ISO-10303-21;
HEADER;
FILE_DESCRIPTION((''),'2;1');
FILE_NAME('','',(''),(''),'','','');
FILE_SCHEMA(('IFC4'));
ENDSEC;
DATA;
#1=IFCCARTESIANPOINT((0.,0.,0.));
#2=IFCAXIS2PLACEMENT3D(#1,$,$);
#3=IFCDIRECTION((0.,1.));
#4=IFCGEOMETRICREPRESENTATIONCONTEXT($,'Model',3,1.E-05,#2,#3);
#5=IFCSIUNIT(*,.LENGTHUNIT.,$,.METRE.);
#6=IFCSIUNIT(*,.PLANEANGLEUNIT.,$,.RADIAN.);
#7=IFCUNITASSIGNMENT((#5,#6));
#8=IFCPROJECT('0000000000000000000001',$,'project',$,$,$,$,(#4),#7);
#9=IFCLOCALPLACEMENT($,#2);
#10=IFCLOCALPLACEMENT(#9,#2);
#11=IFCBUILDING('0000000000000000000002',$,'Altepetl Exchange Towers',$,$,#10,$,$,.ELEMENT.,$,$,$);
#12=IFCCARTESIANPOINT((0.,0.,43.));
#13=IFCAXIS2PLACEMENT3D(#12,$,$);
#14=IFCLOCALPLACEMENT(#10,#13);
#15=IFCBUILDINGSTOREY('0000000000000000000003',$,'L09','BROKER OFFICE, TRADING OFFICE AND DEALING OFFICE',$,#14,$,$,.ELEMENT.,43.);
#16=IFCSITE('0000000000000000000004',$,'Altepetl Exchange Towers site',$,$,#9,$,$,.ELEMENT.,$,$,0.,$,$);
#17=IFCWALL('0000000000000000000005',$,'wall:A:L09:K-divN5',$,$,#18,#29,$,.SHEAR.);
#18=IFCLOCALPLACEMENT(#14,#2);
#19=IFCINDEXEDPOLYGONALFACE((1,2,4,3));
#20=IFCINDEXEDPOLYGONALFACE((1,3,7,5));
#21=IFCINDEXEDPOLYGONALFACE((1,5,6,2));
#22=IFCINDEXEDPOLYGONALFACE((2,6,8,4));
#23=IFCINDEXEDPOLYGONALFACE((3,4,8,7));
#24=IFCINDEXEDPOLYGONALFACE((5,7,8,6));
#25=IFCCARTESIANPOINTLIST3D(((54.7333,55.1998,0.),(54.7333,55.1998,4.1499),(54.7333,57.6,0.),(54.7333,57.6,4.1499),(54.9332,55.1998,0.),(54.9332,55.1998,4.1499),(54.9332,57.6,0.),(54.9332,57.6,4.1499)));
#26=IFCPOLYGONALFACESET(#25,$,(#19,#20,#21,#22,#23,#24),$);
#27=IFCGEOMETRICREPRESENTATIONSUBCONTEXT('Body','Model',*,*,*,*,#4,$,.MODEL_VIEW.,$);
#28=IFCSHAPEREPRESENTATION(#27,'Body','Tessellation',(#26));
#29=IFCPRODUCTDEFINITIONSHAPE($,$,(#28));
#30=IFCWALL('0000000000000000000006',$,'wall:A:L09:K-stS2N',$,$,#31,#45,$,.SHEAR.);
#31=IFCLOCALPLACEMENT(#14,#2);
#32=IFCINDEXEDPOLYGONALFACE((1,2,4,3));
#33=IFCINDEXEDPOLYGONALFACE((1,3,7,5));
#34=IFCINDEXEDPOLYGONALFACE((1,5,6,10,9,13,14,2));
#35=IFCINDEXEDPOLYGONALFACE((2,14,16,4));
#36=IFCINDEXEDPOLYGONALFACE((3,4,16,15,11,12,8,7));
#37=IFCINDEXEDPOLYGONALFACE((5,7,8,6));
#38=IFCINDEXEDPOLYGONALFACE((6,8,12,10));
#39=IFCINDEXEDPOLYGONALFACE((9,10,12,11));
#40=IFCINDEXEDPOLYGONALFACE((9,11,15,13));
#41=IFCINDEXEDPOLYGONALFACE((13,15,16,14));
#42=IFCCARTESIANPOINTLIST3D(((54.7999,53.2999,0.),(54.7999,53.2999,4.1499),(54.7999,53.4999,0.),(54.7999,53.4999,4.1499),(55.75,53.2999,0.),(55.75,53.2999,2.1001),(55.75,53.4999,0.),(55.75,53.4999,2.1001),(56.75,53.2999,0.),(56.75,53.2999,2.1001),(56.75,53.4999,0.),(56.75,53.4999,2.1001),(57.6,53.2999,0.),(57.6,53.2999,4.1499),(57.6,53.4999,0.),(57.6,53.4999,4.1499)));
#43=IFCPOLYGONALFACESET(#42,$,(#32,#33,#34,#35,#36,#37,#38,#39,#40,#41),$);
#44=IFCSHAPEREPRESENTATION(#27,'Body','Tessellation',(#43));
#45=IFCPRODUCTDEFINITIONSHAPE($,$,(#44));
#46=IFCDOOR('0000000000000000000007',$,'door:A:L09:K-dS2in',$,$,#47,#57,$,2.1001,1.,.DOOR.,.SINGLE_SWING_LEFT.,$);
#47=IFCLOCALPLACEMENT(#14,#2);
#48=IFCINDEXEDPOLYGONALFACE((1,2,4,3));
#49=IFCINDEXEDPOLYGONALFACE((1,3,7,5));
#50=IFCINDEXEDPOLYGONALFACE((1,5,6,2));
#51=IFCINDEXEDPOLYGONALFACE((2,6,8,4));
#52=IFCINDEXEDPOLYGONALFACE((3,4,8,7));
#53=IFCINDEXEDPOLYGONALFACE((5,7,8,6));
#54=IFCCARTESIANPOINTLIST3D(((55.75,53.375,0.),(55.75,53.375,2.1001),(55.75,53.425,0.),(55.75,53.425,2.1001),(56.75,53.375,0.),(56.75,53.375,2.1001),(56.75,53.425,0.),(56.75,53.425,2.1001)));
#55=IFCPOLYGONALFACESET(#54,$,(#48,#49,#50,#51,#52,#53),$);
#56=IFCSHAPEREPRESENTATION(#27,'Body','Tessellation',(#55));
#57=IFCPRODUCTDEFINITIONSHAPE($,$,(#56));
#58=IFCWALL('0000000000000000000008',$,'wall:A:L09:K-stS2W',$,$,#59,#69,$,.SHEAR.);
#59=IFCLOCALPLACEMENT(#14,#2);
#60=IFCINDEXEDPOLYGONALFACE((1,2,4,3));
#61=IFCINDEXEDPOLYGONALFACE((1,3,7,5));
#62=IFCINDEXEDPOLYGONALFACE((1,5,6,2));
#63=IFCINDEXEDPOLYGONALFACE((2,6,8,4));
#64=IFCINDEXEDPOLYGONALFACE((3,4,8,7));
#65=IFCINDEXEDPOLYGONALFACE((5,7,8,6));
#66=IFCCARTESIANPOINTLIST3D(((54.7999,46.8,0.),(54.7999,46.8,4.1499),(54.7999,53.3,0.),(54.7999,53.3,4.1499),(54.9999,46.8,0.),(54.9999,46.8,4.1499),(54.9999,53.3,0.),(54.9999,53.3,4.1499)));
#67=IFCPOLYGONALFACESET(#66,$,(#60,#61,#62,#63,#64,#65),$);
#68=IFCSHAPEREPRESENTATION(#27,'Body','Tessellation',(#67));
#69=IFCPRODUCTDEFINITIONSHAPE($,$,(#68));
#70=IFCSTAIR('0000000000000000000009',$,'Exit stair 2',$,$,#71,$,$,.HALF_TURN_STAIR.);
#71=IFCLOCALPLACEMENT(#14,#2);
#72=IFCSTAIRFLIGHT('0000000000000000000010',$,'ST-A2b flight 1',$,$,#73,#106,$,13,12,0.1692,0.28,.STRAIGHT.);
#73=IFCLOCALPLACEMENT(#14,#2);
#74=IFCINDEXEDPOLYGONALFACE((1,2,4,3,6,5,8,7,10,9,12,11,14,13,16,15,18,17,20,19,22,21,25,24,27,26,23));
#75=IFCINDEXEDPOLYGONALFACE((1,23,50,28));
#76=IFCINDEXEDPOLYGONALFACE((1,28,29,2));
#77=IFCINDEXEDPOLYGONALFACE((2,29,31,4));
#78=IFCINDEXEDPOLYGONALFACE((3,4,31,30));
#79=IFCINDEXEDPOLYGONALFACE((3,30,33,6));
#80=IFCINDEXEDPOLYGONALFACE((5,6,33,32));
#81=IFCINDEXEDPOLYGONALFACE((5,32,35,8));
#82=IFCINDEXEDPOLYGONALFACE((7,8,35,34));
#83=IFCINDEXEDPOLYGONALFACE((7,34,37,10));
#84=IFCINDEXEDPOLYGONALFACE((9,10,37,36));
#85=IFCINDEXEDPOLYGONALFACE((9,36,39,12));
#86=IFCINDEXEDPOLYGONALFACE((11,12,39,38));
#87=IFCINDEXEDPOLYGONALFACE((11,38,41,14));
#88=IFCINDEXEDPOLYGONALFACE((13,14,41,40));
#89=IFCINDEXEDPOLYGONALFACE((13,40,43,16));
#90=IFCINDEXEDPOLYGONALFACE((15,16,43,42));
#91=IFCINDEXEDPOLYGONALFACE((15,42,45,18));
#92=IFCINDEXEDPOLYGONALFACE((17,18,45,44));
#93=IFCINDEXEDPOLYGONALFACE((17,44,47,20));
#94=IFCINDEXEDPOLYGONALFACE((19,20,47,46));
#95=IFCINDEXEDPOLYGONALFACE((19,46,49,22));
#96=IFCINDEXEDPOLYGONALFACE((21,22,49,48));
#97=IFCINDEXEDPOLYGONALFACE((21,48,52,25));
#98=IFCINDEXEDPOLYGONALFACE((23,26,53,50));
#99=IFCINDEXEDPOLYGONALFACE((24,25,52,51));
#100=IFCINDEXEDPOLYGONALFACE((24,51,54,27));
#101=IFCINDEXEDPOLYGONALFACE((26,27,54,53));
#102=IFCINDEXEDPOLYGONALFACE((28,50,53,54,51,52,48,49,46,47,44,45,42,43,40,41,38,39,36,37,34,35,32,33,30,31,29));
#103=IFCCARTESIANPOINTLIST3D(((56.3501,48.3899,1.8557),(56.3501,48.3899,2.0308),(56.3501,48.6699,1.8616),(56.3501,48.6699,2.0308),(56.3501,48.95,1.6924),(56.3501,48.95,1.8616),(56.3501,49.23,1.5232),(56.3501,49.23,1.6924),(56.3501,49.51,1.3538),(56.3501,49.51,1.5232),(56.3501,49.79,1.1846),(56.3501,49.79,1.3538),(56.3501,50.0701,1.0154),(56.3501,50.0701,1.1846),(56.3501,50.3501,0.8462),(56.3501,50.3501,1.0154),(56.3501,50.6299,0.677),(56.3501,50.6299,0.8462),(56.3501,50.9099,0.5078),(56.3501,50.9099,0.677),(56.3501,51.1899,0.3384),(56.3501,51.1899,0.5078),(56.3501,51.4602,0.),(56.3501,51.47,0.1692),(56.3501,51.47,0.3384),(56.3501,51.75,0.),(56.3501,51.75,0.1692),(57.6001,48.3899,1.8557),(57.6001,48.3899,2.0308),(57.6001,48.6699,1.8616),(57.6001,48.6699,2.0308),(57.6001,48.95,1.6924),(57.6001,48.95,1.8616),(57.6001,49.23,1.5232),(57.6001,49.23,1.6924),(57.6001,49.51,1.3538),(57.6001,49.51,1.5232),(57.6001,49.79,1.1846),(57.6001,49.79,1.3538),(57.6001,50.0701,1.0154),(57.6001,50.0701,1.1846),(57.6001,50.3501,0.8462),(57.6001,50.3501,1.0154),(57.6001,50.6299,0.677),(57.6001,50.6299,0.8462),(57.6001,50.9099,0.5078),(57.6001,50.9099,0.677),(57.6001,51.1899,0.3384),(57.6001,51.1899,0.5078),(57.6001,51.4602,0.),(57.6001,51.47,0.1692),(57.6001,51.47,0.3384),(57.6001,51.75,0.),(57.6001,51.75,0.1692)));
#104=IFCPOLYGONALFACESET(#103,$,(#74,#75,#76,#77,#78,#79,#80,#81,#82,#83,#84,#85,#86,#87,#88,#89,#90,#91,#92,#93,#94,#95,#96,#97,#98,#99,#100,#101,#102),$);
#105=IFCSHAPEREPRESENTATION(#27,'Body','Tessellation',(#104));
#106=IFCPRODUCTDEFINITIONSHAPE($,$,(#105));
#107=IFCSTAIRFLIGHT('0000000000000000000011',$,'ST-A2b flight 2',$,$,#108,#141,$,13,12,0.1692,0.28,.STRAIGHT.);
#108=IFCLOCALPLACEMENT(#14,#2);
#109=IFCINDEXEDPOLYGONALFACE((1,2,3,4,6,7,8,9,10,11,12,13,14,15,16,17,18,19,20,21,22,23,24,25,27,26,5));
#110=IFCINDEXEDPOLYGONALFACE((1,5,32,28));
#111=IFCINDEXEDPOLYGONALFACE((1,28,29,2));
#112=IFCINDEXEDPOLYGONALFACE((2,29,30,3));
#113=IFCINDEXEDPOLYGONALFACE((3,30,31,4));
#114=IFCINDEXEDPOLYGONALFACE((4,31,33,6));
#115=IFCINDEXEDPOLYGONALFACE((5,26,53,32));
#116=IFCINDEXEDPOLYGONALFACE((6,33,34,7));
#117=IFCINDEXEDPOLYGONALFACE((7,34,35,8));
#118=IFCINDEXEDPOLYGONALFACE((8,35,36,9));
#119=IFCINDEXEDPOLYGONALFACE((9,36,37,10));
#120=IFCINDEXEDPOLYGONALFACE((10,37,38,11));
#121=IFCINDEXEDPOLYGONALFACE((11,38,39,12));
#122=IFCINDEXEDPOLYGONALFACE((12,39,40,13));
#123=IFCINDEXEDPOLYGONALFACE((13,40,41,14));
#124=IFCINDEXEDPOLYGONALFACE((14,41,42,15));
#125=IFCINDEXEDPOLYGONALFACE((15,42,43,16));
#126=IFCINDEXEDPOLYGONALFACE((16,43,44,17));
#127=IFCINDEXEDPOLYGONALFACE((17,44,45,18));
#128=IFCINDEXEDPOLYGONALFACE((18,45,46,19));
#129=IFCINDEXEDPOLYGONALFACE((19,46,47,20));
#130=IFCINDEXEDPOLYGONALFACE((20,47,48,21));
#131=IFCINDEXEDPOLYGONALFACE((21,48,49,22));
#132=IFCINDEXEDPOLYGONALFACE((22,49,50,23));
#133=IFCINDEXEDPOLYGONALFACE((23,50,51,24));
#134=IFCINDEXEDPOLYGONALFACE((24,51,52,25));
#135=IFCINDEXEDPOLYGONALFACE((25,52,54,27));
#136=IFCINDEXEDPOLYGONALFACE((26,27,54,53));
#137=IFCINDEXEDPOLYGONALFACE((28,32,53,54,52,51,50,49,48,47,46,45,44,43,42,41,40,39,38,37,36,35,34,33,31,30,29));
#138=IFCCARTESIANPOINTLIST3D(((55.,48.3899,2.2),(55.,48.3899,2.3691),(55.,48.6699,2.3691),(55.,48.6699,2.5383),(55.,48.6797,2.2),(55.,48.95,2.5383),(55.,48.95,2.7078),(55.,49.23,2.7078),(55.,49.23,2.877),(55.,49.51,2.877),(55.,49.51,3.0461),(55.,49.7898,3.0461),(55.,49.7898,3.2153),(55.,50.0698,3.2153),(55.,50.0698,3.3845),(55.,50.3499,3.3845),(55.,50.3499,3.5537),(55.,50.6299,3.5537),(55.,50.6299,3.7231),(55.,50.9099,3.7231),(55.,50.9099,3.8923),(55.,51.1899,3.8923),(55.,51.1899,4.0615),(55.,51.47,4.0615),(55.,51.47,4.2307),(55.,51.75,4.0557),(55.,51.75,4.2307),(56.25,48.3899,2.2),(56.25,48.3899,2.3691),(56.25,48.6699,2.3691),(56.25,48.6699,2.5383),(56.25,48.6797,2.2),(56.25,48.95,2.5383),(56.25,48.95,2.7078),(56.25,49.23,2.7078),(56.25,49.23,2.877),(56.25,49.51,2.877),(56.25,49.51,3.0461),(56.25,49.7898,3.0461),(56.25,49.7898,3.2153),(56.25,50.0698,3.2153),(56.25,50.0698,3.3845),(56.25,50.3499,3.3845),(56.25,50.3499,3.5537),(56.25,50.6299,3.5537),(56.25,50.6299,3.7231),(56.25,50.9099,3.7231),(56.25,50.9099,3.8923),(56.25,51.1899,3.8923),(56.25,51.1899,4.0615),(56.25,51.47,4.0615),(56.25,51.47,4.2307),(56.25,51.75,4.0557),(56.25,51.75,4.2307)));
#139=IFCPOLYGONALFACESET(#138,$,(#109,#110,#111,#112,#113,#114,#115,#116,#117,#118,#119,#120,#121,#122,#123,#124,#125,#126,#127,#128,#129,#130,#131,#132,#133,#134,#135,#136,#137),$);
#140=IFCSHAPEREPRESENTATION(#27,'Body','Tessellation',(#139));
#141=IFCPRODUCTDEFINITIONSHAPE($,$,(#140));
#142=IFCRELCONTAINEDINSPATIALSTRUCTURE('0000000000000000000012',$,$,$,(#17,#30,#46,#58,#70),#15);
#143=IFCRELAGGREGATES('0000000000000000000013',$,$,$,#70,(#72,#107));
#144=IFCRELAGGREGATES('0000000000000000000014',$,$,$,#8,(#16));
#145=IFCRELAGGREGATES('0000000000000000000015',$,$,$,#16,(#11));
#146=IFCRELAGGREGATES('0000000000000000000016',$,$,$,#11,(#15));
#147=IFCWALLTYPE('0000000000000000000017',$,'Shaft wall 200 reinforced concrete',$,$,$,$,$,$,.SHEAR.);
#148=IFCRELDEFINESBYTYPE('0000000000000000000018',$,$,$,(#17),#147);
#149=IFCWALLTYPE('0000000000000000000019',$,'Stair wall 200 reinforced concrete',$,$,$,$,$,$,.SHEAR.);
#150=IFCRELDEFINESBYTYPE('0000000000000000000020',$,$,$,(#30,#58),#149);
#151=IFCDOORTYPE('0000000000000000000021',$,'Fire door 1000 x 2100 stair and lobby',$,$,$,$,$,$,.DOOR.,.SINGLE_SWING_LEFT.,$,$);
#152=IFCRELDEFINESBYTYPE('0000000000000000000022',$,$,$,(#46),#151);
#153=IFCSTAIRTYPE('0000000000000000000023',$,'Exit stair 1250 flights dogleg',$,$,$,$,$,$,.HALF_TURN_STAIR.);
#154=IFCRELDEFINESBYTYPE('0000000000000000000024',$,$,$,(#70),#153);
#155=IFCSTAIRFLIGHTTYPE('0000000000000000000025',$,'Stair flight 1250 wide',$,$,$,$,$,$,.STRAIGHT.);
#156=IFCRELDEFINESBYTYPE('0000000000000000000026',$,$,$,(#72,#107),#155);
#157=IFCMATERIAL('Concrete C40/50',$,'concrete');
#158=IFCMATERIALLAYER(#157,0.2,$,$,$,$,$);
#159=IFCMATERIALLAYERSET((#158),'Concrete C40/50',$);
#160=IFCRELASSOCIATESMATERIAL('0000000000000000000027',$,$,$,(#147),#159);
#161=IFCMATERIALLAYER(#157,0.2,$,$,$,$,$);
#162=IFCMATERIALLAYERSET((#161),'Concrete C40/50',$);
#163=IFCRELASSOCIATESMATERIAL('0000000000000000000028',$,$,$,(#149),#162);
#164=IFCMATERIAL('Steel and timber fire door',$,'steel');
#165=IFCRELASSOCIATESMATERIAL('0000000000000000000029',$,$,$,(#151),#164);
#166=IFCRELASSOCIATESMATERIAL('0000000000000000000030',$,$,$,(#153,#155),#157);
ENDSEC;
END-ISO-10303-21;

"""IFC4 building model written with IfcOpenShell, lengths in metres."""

from ifc_helpers import new_model, si_unit, direction, frame, frame_2d, origin, place, context, subcontext, project, spatial, polyline, rectangle, outline, extrude, material, layer, layer_set, type_object, element, fill, aggregate, save


model = new_model("IFC4")

# Units and contexts
model_context = context("Model", 3, precision=1e-05, world=origin(), true_north=direction((0.0, 1.0)))
body_context = subcontext(model_context, "Body", "Model", "MODEL_VIEW")
ifc_project = project(units=[si_unit("LENGTHUNIT", "METRE"), si_unit("PLANEANGLEUNIT", "RADIAN")], contexts=[model_context])

# Site, building, storey
site_placement = place(None, origin())
site = spatial("IfcSite", under=ifc_project, at=site_placement, Name="Altepetl Exchange Towers site", CompositionType="ELEMENT", RefElevation=0.0)
building_placement = place(site_placement, origin())
building = spatial("IfcBuilding", under=site, at=building_placement, Name="Altepetl Exchange Towers", CompositionType="ELEMENT")
storey_placement = place(building_placement, frame((0.0, 0.0, 43.0)))
storey = spatial("IfcBuildingStorey", under=building, at=storey_placement, Name="L09", Description="BROKER OFFICE, TRADING OFFICE AND DEALING OFFICE", CompositionType="ELEMENT", Elevation=43.0)

# Wall
ifc_material_1 = material(Name="Concrete C40/50", Category="concrete")
ifc_layer_1 = layer(ifc_material_1, 0.2)
ifc_layer_set_1 = layer_set([ifc_layer_1], Name="Concrete C40/50")
wall_type_1 = type_object("IfcWallType", Name="Shaft wall 200 reinforced concrete", PredefinedType="SHEAR", material=ifc_layer_set_1)
wall_1_placement = place(storey_placement, frame((54.8333, 57.6001, 0.0), z_axis=(0.0, 0.0, 1.0), x_axis=(0.0, -1.0, 0.0)))
element("IfcWall", 1, at=wall_1_placement, inside=storey, type_object=wall_type_1, Name="wall:A:L09:K-divN5", PredefinedType="SHEAR", context=body_context, shape_type="SweptSolid", body=[
    extrude(rectangle(XDim=2.4001, YDim=0.2, at=frame_2d((1.2002, 0.0))), origin(), (0.0, 0.0, 1.0), 4.1499),
])

# Wall, opening, door
ifc_layer_2 = layer(ifc_material_1, 0.2)
ifc_layer_set_2 = layer_set([ifc_layer_2], Name="Concrete C40/50")
wall_type_2 = type_object("IfcWallType", Name="Stair wall 200 reinforced concrete", PredefinedType="SHEAR", material=ifc_layer_set_2)
wall_2_placement = place(storey_placement, frame((54.8, 53.3999, 0.0)))
wall_2 = element("IfcWall", 2, at=wall_2_placement, inside=storey, type_object=wall_type_2, Name="wall:A:L09:K-stS2N", PredefinedType="SHEAR", context=body_context, shape_type="SweptSolid", body=[
    extrude(rectangle(XDim=2.8, YDim=0.2, at=frame_2d((1.3999, 0.0))), origin(), (0.0, 0.0, 1.0), 4.1499),
])
opening_placement = place(wall_2_placement, frame((0.95, 0.0, 0.0)))
opening = element("IfcOpeningElement", 3, at=opening_placement, cuts=wall_2, PredefinedType="OPENING", context=body_context, shape_type="SweptSolid", body=[
    extrude(rectangle(XDim=1.0, YDim=2.1001, at=frame_2d((0.5, 1.05))), frame((0.0, 0.1099, 0.0), z_axis=(0.0, -1.0, 0.0), x_axis=(1.0, 0.0, 0.0)), (0.0, 0.0, 1.0), 0.22),
])
ifc_material_2 = material(Name="Steel and timber fire door", Category="steel")
door_type = type_object("IfcDoorType", Name="Fire door 1000 x 2100 stair and lobby", OperationType="SINGLE_SWING_LEFT", PredefinedType="DOOR", material=ifc_material_2)
door_placement = place(opening_placement, frame((1.0, 0.0, 0.0), x_axis=(-1.0, 0.0, 0.0)))
door = element("IfcDoor", 4, at=door_placement, inside=storey, type_object=door_type, Name="door:A:L09:K-dS2in", OperationType="SINGLE_SWING_LEFT", OverallHeight=2.1001, OverallWidth=1.0, PredefinedType="DOOR", context=body_context, shape_type="SweptSolid", body=[
    extrude(rectangle(XDim=1.0, YDim=2.1001, at=frame_2d((0.5, 1.05))), frame((0.0, 0.0249, 0.0), z_axis=(0.0, -1.0, 0.0), x_axis=(1.0, 0.0, 0.0)), (0.0, 0.0, 1.0), 0.05),
])
fill(opening, door)

# Wall
wall_3_placement = place(storey_placement, frame((54.8999, 46.8, 0.0), z_axis=(0.0, 0.0, 1.0), x_axis=(0.0, 1.0, 0.0)))
element("IfcWall", 5, at=wall_3_placement, inside=storey, type_object=wall_type_2, Name="wall:A:L09:K-stS2W", PredefinedType="SHEAR", context=body_context, shape_type="SweptSolid", body=[
    extrude(rectangle(XDim=6.5, YDim=0.2, at=frame_2d((3.25, 0.0))), origin(), (0.0, 0.0, 1.0), 4.1499),
])

# Stair, stair flights
stair_type = type_object("IfcStairType", Name="Exit stair 1250 flights dogleg", PredefinedType="HALF_TURN_STAIR", material=ifc_material_1)
stair_placement = place(storey_placement, origin())
stair = element("IfcStair", 6, at=stair_placement, inside=storey, type_object=stair_type, Name="Exit stair 2", PredefinedType="HALF_TURN_STAIR")
stair_flight_type = type_object("IfcStairFlightType", Name="Stair flight 1250 wide", PredefinedType="STRAIGHT", material=ifc_material_1)
stair_flight_1_placement = place(storey_placement, frame((56.9751, 51.75, 0.0), z_axis=(0.0, 0.0, 1.0), x_axis=(0.0, -1.0, 0.0)))
stair_flight_1 = element("IfcStairFlight", 7, at=stair_flight_1_placement, type_object=stair_flight_type, Name="ST-A2b flight 1", NumberOfRisers=13, NumberOfTreads=12, PredefinedType="STRAIGHT", RiserHeight=0.1692, TreadLength=0.28, context=body_context, shape_type="SweptSolid", body=[
    extrude(outline(polyline([(0.0, 0.0), (0.0, 0.1692), (0.28, 0.1692), (0.28, 0.3384), (0.5601, 0.3384), (0.5601, 0.5078), (0.8401, 0.5078), (0.8401, 0.677), (1.1201, 0.677), (1.1201, 0.8462), (1.3999, 0.8462), (1.3999, 1.0154), (1.6799, 1.0154), (1.6799, 1.1846), (1.96, 1.1846), (1.96, 1.3538), (2.24, 1.3538), (2.24, 1.5232), (2.52, 1.5232), (2.52, 1.6924), (2.8, 1.6924), (2.8, 1.8616), (3.0801, 1.8616), (3.0801, 2.0308), (3.3601, 2.0308), (3.3601, 2.2), (3.3601, 1.8557), (0.2898, 0.0), (0.0, 0.0)])), frame((0.0, 0.625, 0.0), z_axis=(0.0, -1.0, 0.0), x_axis=(1.0, 0.0, 0.0)), (0.0, 0.0, 1.0), 1.25),
])
stair_flight_2_placement = place(storey_placement, frame((55.625, 48.3899, 2.2), z_axis=(0.0, 0.0, 1.0), x_axis=(0.0, 1.0, 0.0)))
stair_flight_2 = element("IfcStairFlight", 8, at=stair_flight_2_placement, type_object=stair_flight_type, Name="ST-A2b flight 2", NumberOfRisers=13, NumberOfTreads=12, PredefinedType="STRAIGHT", RiserHeight=0.1692, TreadLength=0.28, context=body_context, shape_type="SweptSolid", body=[
    extrude(outline(polyline([(0.0, 0.0), (0.0, 0.1692), (0.28, 0.1692), (0.28, 0.3384), (0.5601, 0.3384), (0.5601, 0.5078), (0.8401, 0.5078), (0.8401, 0.677), (1.1201, 0.677), (1.1201, 0.8462), (1.3999, 0.8462), (1.3999, 1.0154), (1.6799, 1.0154), (1.6799, 1.1846), (1.96, 1.1846), (1.96, 1.3538), (2.24, 1.3538), (2.24, 1.5232), (2.52, 1.5232), (2.52, 1.6924), (2.8, 1.6924), (2.8, 1.8616), (3.0801, 1.8616), (3.0801, 2.0308), (3.3601, 2.0308), (3.3601, 2.2), (3.3601, 1.8557), (0.2898, 0.0), (0.0, 0.0)])), frame((0.0, 0.625, 0.0), z_axis=(0.0, -1.0, 0.0), x_axis=(1.0, 0.0, 0.0)), (0.0, 0.0, 1.0), 1.25),
])
aggregate(stair, [stair_flight_1, stair_flight_2])

save(model, "model.ifc")
